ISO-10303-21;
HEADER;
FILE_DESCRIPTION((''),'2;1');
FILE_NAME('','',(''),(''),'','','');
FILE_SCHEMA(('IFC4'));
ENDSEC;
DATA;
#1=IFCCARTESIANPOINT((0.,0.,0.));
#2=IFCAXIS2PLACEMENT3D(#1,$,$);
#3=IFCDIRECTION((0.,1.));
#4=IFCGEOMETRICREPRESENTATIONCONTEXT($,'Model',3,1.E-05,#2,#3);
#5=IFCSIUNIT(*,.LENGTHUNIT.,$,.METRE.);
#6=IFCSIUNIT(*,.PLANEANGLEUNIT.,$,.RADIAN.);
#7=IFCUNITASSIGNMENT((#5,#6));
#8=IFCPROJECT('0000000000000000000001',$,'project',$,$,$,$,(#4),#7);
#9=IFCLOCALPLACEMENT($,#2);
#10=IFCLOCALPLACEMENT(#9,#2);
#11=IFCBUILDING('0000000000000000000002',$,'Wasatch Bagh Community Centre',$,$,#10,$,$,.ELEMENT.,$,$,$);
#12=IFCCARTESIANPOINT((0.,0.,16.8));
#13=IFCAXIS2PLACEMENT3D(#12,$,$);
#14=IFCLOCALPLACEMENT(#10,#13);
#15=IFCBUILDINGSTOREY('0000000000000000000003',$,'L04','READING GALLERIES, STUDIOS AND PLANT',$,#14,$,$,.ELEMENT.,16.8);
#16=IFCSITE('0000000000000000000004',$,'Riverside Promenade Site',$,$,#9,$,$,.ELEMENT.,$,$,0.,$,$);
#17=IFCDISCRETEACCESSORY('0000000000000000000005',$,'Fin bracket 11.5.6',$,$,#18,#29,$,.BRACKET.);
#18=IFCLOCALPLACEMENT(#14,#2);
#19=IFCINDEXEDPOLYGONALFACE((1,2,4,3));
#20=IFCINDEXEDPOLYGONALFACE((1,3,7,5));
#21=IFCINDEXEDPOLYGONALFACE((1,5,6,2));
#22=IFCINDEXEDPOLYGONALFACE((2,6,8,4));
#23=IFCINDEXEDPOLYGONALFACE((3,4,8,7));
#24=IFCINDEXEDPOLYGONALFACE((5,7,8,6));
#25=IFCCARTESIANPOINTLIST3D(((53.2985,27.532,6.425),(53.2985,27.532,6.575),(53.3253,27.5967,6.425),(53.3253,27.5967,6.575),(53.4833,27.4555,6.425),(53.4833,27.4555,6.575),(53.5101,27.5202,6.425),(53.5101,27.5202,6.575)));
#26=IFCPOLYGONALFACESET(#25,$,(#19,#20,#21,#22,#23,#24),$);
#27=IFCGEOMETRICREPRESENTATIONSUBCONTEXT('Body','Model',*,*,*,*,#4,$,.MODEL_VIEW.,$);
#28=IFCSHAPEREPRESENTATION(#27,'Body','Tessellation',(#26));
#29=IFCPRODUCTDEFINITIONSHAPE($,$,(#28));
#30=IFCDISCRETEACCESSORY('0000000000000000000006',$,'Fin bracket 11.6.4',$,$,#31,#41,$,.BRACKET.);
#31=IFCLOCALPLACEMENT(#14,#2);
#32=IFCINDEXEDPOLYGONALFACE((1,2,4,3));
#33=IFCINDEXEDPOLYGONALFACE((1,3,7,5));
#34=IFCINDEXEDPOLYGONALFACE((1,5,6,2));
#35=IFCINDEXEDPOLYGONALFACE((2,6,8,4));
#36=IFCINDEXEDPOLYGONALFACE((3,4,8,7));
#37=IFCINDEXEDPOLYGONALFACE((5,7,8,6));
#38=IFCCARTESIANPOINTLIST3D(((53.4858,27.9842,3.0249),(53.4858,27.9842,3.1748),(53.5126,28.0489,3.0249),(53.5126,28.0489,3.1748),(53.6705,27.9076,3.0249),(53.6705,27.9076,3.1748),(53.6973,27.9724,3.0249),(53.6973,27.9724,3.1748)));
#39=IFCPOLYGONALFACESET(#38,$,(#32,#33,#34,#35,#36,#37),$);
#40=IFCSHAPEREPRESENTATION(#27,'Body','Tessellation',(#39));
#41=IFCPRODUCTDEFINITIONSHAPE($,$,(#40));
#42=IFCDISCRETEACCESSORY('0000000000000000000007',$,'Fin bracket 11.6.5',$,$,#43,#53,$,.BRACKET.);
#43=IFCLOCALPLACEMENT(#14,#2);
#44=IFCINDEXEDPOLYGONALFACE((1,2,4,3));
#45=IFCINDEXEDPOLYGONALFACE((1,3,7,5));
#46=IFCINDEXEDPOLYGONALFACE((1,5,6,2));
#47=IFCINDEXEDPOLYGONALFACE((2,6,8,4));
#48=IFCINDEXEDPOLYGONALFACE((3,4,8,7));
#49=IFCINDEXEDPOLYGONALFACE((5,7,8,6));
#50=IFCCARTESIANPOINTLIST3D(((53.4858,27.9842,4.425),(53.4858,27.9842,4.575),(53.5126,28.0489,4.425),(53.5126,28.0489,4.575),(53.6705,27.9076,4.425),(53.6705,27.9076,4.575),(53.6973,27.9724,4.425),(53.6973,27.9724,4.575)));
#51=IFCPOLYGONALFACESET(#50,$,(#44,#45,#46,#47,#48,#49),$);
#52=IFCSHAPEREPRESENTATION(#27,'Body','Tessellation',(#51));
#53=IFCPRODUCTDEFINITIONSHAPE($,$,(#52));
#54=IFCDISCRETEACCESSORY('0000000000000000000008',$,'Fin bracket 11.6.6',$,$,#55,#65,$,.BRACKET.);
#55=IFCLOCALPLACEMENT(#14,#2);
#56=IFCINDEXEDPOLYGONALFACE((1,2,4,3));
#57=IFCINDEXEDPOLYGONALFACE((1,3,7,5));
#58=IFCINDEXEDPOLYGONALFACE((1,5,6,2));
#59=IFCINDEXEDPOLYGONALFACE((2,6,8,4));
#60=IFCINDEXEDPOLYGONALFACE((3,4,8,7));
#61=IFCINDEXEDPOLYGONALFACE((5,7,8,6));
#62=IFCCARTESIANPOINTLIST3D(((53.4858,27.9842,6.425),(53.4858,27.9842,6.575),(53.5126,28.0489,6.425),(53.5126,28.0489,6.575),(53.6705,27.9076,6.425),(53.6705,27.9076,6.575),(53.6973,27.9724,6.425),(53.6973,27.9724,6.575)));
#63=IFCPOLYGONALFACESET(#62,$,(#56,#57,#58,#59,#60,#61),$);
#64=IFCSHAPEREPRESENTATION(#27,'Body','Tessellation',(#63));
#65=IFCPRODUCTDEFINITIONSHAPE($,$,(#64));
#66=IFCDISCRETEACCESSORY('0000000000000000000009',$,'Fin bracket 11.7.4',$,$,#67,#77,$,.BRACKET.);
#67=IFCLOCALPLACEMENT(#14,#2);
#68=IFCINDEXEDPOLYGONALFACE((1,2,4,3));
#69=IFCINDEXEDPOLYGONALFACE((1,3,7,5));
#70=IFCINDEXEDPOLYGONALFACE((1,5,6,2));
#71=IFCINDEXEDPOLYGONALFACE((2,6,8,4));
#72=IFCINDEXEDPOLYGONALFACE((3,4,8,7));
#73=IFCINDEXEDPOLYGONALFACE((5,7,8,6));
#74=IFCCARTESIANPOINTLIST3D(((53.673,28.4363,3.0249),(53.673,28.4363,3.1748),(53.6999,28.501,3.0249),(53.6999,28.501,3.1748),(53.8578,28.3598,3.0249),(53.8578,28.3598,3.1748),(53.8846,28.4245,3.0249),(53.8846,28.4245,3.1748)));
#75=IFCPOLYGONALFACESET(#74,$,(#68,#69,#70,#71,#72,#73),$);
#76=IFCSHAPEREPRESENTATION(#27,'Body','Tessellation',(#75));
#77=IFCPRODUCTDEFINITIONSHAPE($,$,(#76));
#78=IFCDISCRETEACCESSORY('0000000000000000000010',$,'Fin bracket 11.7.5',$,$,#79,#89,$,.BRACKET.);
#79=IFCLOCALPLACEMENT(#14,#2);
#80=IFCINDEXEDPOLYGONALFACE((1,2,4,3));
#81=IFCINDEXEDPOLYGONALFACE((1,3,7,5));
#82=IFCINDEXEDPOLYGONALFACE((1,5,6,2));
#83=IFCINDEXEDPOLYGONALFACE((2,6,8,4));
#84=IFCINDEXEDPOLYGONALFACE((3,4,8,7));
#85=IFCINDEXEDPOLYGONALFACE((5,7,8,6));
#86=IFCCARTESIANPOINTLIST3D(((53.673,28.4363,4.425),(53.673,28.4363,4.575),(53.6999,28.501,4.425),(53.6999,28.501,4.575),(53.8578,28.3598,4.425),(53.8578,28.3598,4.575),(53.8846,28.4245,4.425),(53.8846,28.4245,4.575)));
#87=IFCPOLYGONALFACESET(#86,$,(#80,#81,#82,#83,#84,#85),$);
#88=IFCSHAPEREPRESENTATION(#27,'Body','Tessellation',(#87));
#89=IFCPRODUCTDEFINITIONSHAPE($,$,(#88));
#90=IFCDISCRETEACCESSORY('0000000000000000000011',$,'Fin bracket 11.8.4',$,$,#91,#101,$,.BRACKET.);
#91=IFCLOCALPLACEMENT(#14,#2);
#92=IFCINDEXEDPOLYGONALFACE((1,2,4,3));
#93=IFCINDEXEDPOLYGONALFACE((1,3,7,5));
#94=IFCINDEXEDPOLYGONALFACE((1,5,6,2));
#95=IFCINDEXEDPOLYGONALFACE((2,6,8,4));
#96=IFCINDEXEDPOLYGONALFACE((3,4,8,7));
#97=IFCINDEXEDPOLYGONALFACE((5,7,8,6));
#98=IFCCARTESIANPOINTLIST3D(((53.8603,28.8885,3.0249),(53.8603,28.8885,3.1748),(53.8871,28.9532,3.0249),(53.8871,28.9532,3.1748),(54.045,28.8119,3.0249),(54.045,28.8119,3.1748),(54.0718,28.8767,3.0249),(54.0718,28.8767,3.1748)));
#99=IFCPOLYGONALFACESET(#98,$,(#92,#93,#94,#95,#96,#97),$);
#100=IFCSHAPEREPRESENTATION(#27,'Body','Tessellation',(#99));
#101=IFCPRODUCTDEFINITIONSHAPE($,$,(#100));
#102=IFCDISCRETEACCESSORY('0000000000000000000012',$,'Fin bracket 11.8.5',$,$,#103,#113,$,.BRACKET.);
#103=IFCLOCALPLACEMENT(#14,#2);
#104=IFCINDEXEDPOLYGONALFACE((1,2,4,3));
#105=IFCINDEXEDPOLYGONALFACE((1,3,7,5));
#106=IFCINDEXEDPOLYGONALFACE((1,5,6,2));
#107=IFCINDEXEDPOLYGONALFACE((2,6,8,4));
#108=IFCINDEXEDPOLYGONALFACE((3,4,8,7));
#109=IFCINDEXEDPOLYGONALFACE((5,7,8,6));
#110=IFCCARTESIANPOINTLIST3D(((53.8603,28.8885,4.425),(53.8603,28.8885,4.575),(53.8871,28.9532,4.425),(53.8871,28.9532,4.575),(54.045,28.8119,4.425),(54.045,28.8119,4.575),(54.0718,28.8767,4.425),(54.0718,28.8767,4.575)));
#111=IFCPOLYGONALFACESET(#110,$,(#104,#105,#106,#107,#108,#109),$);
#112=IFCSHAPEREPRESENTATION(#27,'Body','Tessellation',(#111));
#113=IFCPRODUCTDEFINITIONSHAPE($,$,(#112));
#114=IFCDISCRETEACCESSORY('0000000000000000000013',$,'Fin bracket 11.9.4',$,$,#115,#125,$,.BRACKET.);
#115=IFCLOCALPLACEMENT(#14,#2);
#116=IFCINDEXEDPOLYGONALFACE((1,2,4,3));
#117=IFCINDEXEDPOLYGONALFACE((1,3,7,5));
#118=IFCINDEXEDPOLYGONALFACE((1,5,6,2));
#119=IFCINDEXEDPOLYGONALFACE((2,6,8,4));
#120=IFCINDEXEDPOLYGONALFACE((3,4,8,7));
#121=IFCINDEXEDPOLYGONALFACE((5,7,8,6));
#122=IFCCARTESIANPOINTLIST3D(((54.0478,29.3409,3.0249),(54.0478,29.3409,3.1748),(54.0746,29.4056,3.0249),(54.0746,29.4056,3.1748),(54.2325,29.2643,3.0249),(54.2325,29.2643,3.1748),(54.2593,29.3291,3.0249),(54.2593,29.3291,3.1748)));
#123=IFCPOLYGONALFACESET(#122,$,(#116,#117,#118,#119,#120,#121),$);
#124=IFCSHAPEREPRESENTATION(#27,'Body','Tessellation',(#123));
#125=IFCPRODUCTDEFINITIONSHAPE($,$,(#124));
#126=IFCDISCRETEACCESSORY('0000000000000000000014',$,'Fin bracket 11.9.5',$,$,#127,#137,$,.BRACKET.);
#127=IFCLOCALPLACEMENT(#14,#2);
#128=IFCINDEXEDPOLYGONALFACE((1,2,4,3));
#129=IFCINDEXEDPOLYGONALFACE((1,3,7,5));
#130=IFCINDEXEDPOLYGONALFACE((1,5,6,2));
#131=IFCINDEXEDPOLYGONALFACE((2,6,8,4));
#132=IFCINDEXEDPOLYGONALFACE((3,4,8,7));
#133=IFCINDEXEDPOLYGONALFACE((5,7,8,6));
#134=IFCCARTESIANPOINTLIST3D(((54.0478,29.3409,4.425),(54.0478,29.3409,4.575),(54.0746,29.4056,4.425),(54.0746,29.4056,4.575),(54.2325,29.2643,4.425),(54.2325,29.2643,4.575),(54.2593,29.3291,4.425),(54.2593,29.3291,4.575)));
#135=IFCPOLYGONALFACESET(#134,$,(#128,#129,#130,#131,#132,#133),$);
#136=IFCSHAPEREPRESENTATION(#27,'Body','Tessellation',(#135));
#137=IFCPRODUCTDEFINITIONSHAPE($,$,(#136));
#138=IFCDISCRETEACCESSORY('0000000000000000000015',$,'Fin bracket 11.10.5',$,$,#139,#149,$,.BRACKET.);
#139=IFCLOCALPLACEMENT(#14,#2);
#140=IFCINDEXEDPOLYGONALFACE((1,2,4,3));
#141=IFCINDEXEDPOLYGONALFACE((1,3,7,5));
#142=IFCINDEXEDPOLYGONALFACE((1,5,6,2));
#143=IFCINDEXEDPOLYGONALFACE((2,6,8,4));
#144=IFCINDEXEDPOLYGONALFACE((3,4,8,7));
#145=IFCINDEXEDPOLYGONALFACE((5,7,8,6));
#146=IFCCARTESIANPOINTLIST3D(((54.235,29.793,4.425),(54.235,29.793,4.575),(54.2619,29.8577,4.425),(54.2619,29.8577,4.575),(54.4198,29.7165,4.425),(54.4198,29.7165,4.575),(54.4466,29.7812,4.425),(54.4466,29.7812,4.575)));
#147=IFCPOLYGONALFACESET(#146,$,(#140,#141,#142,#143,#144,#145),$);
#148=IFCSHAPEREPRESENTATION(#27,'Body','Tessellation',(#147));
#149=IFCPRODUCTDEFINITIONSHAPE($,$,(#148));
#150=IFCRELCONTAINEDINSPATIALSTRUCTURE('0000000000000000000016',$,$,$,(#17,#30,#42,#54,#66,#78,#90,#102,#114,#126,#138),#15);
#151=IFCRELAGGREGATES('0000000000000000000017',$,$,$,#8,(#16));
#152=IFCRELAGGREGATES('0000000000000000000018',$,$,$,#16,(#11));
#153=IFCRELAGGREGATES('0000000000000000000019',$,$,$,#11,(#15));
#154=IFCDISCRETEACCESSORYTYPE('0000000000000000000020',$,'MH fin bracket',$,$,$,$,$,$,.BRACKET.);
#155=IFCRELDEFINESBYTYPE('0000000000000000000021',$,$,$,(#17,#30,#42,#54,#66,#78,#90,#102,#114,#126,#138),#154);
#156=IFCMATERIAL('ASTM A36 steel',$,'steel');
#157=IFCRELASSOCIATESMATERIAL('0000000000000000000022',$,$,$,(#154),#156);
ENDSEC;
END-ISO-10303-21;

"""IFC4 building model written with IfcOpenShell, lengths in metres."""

from ifc_helpers import new_model, si_unit, direction, frame, origin, origin_2d, place, context, subcontext, project, spatial, rectangle, extrude, material, type_object, element, save


model = new_model("IFC4")

# Units and contexts
model_context = context("Model", 3, precision=1e-05, world=origin(), true_north=direction((0.0, 1.0)))
body_context = subcontext(model_context, "Body", "Model", "MODEL_VIEW")
ifc_project = project(units=[si_unit("LENGTHUNIT", "METRE"), si_unit("PLANEANGLEUNIT", "RADIAN")], contexts=[model_context])

# Site, building, storey
site_placement = place(None, origin())
site = spatial("IfcSite", under=ifc_project, at=site_placement, Name="Riverside Promenade Site", CompositionType="ELEMENT", RefElevation=0.0)
building_placement = place(site_placement, origin())
building = spatial("IfcBuilding", under=site, at=building_placement, Name="Wasatch Bagh Community Centre", CompositionType="ELEMENT")
storey_placement = place(building_placement, frame((0.0, 0.0, 16.8)))
storey = spatial("IfcBuildingStorey", under=building, at=storey_placement, Name="L04", Description="READING GALLERIES, STUDIOS AND PLANT", CompositionType="ELEMENT", Elevation=16.8)

# Discrete accessories
ifc_material_1 = material(Name="ASTM A36 steel", Category="steel")
discrete_accessory_type = type_object("IfcDiscreteAccessoryType", Name="MH fin bracket", PredefinedType="BRACKET", material=ifc_material_1)
for number, where, z_axis, x_axis, name in (
    (1, (53.4043, 27.5261, 6.425), (0.0, 0.0, 1.0), (0.382683, 0.92388, 0.0), "Fin bracket 11.5.6"),
    (2, (53.5916, 27.9783, 3.0249), (0.0, 0.0, 1.0), (0.382683, 0.92388, 0.0), "Fin bracket 11.6.4"),
    (3, (53.5916, 27.9783, 4.425), (0.0, 0.0, 1.0), (0.382683, 0.92388, 0.0), "Fin bracket 11.6.5"),
    (4, (53.5916, 27.9783, 6.425), (0.0, 0.0, 1.0), (0.382683, 0.92388, 0.0), "Fin bracket 11.6.6"),
    (5, (53.7788, 28.4304, 3.0249), (0.0, 0.0, 1.0), (0.382683, 0.92388, 0.0), "Fin bracket 11.7.4"),
    (6, (53.7788, 28.4304, 4.425), (0.0, 0.0, 1.0), (0.382683, 0.92388, 0.0), "Fin bracket 11.7.5"),
    (7, (53.9661, 28.8826, 3.0249), (0.0, 0.0, 1.0), (0.382683, 0.92388, 0.0), "Fin bracket 11.8.4"),
    (8, (53.9661, 28.8826, 4.425), (0.0, 0.0, 1.0), (0.382683, 0.92388, 0.0), "Fin bracket 11.8.5"),
    (9, (54.1536, 29.335, 3.0249), (0.0, 0.0, 1.0), (0.382683, 0.92388, 0.0), "Fin bracket 11.9.4"),
    (10, (54.1536, 29.335, 4.425), (0.0, 0.0, 1.0), (0.382683, 0.92388, 0.0), "Fin bracket 11.9.5"),
    (11, (54.3408, 29.7871, 4.425), (0.0, 0.0, 1.0), (0.382683, 0.92388, 0.0), "Fin bracket 11.10.5"),
):
    element("IfcDiscreteAccessory", number, at=place(storey_placement, frame(where, z_axis=z_axis, x_axis=x_axis)), inside=storey, type_object=discrete_accessory_type, Name=name, PredefinedType="BRACKET", context=body_context, shape_type="SweptSolid", body=[
        extrude(rectangle(XDim=0.0701, YDim=0.2, at=origin_2d()), origin(), (0.0, 0.0, 1.0), 0.1499),
    ])

save(model, "model.ifc")
